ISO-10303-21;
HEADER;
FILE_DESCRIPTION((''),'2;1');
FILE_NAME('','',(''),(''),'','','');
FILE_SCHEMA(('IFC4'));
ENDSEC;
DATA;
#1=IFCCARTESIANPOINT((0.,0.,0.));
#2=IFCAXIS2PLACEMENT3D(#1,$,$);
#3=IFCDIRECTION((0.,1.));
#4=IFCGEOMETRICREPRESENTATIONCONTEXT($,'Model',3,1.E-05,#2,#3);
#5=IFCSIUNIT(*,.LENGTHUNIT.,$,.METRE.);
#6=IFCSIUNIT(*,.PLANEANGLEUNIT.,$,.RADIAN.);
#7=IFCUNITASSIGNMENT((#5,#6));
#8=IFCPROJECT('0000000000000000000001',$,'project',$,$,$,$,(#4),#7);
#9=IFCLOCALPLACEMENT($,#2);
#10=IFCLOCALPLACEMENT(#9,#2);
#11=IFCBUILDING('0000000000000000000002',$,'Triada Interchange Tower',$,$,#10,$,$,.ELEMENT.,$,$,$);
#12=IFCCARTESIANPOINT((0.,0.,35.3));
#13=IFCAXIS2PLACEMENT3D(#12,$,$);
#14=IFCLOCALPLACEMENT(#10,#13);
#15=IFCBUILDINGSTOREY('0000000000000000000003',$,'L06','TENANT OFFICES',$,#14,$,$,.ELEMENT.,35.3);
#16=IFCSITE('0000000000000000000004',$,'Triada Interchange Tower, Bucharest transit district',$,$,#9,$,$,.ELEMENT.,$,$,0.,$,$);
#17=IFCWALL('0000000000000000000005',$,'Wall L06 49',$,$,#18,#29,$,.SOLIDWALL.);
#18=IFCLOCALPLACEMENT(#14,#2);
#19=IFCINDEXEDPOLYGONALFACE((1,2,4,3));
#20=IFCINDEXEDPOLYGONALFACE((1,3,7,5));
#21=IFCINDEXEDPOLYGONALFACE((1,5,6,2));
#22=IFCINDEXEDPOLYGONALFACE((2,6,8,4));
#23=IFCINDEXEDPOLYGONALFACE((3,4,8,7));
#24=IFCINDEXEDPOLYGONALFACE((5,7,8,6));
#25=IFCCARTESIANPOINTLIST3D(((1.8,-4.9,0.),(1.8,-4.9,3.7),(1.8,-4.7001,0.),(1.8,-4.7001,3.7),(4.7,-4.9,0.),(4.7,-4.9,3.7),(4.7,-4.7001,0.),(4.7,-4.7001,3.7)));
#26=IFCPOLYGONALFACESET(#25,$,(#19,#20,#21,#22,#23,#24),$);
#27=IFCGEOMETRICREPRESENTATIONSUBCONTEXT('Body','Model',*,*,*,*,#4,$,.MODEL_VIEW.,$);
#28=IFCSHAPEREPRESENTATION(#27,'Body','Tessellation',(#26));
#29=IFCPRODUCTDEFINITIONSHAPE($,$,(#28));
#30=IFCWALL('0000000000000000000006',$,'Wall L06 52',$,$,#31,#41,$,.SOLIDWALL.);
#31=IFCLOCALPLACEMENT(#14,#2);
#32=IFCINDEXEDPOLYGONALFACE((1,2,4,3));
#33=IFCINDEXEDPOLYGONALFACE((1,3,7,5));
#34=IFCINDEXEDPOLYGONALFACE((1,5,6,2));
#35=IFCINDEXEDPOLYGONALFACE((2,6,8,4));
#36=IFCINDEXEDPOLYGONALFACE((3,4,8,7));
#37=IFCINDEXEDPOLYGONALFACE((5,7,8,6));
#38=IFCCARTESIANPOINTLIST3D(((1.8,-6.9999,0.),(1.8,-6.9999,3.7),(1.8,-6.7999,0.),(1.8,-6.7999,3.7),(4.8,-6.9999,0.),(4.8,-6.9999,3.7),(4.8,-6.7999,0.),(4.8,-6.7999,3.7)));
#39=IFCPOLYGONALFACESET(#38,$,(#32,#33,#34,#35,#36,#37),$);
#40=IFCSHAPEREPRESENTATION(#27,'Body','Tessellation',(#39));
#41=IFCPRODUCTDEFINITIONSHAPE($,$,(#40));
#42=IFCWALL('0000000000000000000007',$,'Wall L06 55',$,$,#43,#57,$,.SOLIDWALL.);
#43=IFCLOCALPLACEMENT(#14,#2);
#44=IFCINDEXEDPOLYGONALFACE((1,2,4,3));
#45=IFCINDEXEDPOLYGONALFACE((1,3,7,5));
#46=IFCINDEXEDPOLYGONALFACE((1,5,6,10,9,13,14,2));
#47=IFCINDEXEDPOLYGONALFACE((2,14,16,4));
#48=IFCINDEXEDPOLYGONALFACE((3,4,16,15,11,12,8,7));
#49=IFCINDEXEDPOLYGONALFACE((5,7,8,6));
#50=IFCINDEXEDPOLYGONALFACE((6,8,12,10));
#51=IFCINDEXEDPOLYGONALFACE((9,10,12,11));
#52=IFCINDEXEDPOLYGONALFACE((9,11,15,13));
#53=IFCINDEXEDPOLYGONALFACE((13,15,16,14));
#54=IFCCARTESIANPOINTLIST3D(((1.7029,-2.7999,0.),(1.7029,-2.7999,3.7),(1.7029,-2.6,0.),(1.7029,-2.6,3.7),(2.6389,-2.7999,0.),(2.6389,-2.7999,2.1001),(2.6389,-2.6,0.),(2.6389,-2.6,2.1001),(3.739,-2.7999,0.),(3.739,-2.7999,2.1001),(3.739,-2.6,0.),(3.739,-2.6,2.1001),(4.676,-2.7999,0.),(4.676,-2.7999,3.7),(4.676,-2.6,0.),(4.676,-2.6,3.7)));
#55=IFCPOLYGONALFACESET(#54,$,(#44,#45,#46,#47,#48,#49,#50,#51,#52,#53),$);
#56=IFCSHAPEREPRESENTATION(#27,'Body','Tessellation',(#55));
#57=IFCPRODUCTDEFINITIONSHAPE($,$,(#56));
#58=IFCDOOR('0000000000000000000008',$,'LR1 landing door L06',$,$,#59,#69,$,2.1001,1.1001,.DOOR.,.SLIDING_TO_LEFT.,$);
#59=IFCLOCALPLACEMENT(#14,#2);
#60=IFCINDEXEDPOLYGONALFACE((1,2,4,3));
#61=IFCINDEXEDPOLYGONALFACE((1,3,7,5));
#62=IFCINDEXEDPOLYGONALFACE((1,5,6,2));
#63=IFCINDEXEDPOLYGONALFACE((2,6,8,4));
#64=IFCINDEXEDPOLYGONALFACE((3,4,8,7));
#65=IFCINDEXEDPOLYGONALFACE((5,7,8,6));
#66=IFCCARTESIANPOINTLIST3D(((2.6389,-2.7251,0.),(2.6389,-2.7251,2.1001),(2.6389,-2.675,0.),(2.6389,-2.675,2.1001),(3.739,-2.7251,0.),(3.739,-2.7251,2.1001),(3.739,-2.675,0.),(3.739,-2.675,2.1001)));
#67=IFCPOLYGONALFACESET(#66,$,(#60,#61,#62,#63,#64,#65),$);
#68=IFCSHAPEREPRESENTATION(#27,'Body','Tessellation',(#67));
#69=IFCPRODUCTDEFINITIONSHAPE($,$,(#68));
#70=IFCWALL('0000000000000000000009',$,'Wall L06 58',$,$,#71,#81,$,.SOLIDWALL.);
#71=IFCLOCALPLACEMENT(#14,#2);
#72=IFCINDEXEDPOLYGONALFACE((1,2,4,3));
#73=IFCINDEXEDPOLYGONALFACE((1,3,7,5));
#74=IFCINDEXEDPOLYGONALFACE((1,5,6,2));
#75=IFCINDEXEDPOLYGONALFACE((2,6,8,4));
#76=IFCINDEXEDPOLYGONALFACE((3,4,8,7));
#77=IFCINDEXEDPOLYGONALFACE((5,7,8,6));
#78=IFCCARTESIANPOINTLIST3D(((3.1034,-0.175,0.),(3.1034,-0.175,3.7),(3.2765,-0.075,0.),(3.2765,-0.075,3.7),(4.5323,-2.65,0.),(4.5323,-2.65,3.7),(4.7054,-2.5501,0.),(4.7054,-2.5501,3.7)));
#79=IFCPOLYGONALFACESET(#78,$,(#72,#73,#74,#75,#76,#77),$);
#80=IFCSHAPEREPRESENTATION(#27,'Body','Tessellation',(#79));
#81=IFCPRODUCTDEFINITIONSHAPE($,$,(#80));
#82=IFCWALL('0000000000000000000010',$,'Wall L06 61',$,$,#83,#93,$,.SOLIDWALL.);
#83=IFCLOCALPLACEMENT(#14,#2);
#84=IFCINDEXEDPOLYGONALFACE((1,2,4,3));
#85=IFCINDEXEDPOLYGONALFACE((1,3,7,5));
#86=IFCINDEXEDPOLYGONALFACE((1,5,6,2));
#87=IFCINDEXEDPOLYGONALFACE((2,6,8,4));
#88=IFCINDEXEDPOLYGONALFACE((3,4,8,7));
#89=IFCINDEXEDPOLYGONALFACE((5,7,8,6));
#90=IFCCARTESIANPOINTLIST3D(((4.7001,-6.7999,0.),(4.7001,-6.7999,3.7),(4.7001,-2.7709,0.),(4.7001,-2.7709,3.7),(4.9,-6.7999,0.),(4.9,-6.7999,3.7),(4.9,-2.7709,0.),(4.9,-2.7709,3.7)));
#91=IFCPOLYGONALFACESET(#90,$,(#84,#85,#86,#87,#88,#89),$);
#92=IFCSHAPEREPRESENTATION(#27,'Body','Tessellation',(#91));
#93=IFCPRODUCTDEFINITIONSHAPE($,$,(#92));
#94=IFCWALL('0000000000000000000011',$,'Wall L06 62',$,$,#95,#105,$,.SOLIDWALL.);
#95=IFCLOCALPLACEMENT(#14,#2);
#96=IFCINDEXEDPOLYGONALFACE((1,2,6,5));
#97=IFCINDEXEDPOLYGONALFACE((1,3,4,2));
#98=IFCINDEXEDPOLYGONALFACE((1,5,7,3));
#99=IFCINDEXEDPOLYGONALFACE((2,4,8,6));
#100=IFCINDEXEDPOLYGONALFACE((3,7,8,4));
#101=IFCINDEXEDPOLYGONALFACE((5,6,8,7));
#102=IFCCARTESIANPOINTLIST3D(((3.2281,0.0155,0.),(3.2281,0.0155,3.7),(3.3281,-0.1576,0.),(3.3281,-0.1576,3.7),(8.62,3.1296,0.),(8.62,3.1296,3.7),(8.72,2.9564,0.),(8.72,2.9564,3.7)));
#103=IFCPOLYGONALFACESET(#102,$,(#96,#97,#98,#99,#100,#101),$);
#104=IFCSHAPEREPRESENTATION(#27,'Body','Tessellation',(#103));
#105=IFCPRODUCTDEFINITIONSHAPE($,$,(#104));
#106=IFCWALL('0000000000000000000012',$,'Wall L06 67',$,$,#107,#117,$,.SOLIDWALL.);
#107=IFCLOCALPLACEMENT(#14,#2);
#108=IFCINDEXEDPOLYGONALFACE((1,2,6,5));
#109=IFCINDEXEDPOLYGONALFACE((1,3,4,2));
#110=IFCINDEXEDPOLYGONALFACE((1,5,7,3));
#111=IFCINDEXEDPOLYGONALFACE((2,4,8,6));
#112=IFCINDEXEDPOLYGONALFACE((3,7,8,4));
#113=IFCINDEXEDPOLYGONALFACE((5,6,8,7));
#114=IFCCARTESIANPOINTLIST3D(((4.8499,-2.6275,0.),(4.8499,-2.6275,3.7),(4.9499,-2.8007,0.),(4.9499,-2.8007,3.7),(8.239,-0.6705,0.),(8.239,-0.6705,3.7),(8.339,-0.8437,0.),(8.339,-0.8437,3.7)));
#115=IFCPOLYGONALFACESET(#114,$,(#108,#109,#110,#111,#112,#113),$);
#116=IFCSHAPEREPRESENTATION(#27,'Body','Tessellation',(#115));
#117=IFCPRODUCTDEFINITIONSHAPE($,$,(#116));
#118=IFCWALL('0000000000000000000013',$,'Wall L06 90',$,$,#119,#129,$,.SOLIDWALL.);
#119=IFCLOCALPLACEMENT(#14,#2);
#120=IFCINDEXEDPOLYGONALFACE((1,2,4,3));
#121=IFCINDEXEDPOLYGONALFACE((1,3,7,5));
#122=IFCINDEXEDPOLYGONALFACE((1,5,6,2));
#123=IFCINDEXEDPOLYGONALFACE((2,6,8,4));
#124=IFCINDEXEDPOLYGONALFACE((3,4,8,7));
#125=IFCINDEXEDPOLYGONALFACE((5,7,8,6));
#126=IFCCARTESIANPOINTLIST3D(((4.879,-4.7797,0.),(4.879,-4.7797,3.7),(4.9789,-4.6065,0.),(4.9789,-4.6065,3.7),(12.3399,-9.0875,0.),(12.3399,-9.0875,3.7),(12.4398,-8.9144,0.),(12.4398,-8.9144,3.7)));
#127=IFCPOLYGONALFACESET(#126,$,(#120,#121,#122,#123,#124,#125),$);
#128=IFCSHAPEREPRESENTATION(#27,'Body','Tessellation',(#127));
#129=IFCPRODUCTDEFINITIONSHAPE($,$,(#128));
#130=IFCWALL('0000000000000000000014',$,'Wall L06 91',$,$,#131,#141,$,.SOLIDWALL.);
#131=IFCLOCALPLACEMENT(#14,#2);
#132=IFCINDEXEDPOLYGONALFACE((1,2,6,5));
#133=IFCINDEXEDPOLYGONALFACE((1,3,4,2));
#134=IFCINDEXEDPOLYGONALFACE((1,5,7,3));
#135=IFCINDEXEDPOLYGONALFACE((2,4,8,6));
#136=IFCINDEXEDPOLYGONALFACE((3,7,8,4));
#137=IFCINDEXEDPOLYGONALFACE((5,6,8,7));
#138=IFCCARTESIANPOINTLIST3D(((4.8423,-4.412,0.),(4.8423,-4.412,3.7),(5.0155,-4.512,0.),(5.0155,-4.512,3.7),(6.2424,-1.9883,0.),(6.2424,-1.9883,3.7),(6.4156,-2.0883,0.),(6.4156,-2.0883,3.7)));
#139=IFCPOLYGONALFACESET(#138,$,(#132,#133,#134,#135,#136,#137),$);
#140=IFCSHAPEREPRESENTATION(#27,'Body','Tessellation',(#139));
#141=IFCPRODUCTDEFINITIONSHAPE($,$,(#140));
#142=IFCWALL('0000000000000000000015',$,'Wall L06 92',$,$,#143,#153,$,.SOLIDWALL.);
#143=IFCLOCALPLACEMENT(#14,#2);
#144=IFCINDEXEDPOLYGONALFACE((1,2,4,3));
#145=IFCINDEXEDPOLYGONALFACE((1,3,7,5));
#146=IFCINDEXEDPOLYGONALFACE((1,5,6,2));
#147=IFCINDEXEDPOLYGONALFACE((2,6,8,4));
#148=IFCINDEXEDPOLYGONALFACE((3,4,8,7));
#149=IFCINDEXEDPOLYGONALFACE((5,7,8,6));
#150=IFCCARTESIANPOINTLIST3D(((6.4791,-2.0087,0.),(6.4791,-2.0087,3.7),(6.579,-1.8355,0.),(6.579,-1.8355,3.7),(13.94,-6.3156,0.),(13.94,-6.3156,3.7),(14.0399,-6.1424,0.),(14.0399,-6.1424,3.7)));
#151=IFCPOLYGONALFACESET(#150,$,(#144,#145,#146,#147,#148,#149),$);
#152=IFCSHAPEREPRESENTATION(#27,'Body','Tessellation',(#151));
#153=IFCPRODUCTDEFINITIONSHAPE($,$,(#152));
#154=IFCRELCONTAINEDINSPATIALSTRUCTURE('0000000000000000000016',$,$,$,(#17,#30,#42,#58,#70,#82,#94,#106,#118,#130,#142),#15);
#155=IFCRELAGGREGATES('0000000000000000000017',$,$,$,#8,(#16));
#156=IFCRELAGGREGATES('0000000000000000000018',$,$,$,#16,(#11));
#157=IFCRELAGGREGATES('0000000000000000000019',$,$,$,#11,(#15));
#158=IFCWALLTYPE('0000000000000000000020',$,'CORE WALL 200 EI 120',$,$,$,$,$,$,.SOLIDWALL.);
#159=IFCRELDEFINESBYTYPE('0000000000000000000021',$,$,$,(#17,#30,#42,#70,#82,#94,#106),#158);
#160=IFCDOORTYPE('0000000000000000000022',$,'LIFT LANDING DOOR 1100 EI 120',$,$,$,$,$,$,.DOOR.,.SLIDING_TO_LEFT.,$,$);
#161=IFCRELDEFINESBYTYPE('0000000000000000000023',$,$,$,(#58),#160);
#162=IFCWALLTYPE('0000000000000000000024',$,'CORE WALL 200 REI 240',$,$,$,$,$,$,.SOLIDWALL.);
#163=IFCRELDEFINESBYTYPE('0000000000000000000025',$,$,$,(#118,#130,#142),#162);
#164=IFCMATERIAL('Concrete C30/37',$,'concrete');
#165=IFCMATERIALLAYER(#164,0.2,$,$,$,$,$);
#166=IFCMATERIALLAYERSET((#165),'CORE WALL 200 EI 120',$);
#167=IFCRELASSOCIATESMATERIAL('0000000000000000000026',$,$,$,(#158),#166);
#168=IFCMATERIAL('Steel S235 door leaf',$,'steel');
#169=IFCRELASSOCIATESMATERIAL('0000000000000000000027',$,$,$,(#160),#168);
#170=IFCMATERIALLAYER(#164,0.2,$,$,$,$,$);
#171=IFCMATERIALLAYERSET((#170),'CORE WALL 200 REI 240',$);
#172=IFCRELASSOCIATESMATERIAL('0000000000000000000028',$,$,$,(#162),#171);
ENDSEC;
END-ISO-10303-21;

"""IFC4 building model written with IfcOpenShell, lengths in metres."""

from ifc_helpers import new_model, si_unit, direction, frame, frame_2d, origin, place, context, subcontext, project, spatial, rectangle, extrude, material, layer, layer_set, type_object, element, fill, save


model = new_model("IFC4")

# Units and contexts
model_context = context("Model", 3, precision=1e-05, world=origin(), true_north=direction((0.0, 1.0)))
body_context = subcontext(model_context, "Body", "Model", "MODEL_VIEW")
ifc_project = project(units=[si_unit("LENGTHUNIT", "METRE"), si_unit("PLANEANGLEUNIT", "RADIAN")], contexts=[model_context])

# Site, building, storey
site_placement = place(None, origin())
site = spatial("IfcSite", under=ifc_project, at=site_placement, Name="Triada Interchange Tower, Bucharest transit district", CompositionType="ELEMENT", RefElevation=0.0)
building_placement = place(site_placement, origin())
building = spatial("IfcBuilding", under=site, at=building_placement, Name="Triada Interchange Tower", CompositionType="ELEMENT")
storey_placement = place(building_placement, frame((0.0, 0.0, 35.3)))
storey = spatial("IfcBuildingStorey", under=building, at=storey_placement, Name="L06", Description="TENANT OFFICES", CompositionType="ELEMENT", Elevation=35.3)

# Walls
ifc_material_1 = material(Name="Concrete C30/37", Category="concrete")
ifc_layer_1 = layer(ifc_material_1, 0.2)
ifc_layer_set_1 = layer_set([ifc_layer_1], Name="CORE WALL 200 EI 120")
wall_type_1 = type_object("IfcWallType", Name="CORE WALL 200 EI 120", PredefinedType="SOLIDWALL", material=ifc_layer_set_1)
wall_1_placement = place(storey_placement, frame((1.8, -4.8, 0.0), z_axis=(0.0, 0.0, 1.0), x_axis=(1.0, 0.0, 0.0)))
element("IfcWall", 1, at=wall_1_placement, inside=storey, type_object=wall_type_1, Name="Wall L06 49", PredefinedType="SOLIDWALL", context=body_context, shape_type="SweptSolid", body=[
    extrude(rectangle(XDim=2.8999, YDim=0.2, at=frame_2d((1.45, 0.0))), origin(), (0.0, 0.0, 1.0), 3.7),
])
wall_2_placement = place(storey_placement, frame((1.8, -6.8999, 0.0), z_axis=(0.0, 0.0, 1.0), x_axis=(1.0, 0.0, 0.0)))
element("IfcWall", 2, at=wall_2_placement, inside=storey, type_object=wall_type_1, Name="Wall L06 52", PredefinedType="SOLIDWALL", context=body_context, shape_type="SweptSolid", body=[
    extrude(rectangle(XDim=3.0, YDim=0.2, at=frame_2d((1.5, 0.0))), origin(), (0.0, 0.0, 1.0), 3.7),
])

# Wall, opening, door
wall_3_placement = place(storey_placement, frame((1.7029, -2.7, 0.0), z_axis=(0.0, 0.0, 1.0), x_axis=(1.0, 0.0, 0.0)))
wall_3 = element("IfcWall", 3, at=wall_3_placement, inside=storey, type_object=wall_type_1, Name="Wall L06 55", PredefinedType="SOLIDWALL", context=body_context, shape_type="SweptSolid", body=[
    extrude(rectangle(XDim=2.9731, YDim=0.2, at=frame_2d((1.4866, 0.0))), origin(), (0.0, 0.0, 1.0), 3.7),
])
opening_1_placement = place(wall_3_placement, frame((0.936, 0.0, 0.0)))
opening_1 = element("IfcOpeningElement", 4, at=opening_1_placement, cuts=wall_3, PredefinedType="OPENING", context=body_context, shape_type="SweptSolid", body=[
    extrude(rectangle(XDim=1.1001, YDim=2.1001, at=frame_2d((0.55, 1.05))), frame((0.0, 0.1099, 0.0), z_axis=(0.0, -1.0, 0.0), x_axis=(1.0, 0.0, 0.0)), (0.0, 0.0, 1.0), 0.22),
])
ifc_material_2 = material(Name="Steel S235 door leaf", Category="steel")
door_type_1 = type_object("IfcDoorType", Name="LIFT LANDING DOOR 1100 EI 120", OperationType="SLIDING_TO_LEFT", PredefinedType="DOOR", material=ifc_material_2)
door_1_placement = place(opening_1_placement, origin())
door_1 = element("IfcDoor", 5, at=door_1_placement, inside=storey, type_object=door_type_1, Name="LR1 landing door L06", OperationType="SLIDING_TO_LEFT", OverallHeight=2.1001, OverallWidth=1.1001, PredefinedType="DOOR", context=body_context, shape_type="SweptSolid", body=[
    extrude(rectangle(XDim=1.1001, YDim=2.1001, at=frame_2d((0.55, 1.05))), frame((0.0, 0.0249, 0.0), z_axis=(0.0, -1.0, 0.0), x_axis=(1.0, 0.0, 0.0)), (0.0, 0.0, 1.0), 0.05),
])
fill(opening_1, door_1)

# Walls
wall_4_placement = place(storey_placement, frame((3.1899, -0.125, 0.0), z_axis=(0.0, 0.0, 1.0), x_axis=(0.499989, -0.866032, 0.0)))
element("IfcWall", 6, at=wall_4_placement, inside=storey, type_object=wall_type_1, Name="Wall L06 58", PredefinedType="SOLIDWALL", context=body_context, shape_type="SweptSolid", body=[
    extrude(rectangle(XDim=2.8579, YDim=0.2, at=frame_2d((1.429, 0.0))), origin(), (0.0, 0.0, 1.0), 3.7),
])
wall_5_placement = place(storey_placement, frame((4.8, -6.8, 0.0), z_axis=(0.0, 0.0, 1.0), x_axis=(0.0, 1.0, 0.0)))
element("IfcWall", 7, at=wall_5_placement, inside=storey, type_object=wall_type_1, Name="Wall L06 61", PredefinedType="SOLIDWALL", context=body_context, shape_type="SweptSolid", body=[
    extrude(rectangle(XDim=4.0291, YDim=0.2, at=frame_2d((2.0146, 0.0))), origin(), (0.0, 0.0, 1.0), 3.7),
])
wall_6_placement = place(storey_placement, frame((3.2781, -0.071, 0.0), z_axis=(0.0, 0.0, 1.0), x_axis=(0.865954, 0.500124, 0.0)))
element("IfcWall", 8, at=wall_6_placement, inside=storey, type_object=wall_type_1, Name="Wall L06 62", PredefinedType="SOLIDWALL", context=body_context, shape_type="SweptSolid", body=[
    extrude(rectangle(XDim=6.2266, YDim=0.2, at=frame_2d((3.1133, 0.0))), origin(), (0.0, 0.0, 1.0), 3.7),
])
wall_7_placement = place(storey_placement, frame((4.8999, -2.7141, 0.0), z_axis=(0.0, 0.0, 1.0), x_axis=(0.865992, 0.500057, 0.0)))
element("IfcWall", 9, at=wall_7_placement, inside=storey, type_object=wall_type_1, Name="Wall L06 67", PredefinedType="SOLIDWALL", context=body_context, shape_type="SweptSolid", body=[
    extrude(rectangle(XDim=3.9136, YDim=0.2, at=frame_2d((1.9568, 0.0))), origin(), (0.0, 0.0, 1.0), 3.7),
])
ifc_layer_2 = layer(ifc_material_1, 0.2)
ifc_layer_set_2 = layer_set([ifc_layer_2], Name="CORE WALL 200 REI 240")
wall_type_2 = type_object("IfcWallType", Name="CORE WALL 200 REI 240", PredefinedType="SOLIDWALL", material=ifc_layer_set_2)
wall_8_placement = place(storey_placement, frame((4.929, -4.6931, 0.0), z_axis=(0.0, 0.0, 1.0), x_axis=(0.866011, -0.500025, 0.0)))
element("IfcWall", 10, at=wall_8_placement, inside=storey, type_object=wall_type_2, Name="Wall L06 90", PredefinedType="SOLIDWALL", context=body_context, shape_type="SweptSolid", body=[
    extrude(rectangle(XDim=8.6152, YDim=0.2, at=frame_2d((4.3076, 0.0))), origin(), (0.0, 0.0, 1.0), 3.7),
])
wall_9_placement = place(storey_placement, frame((4.929, -4.4619, 0.0), z_axis=(0.0, 0.0, 1.0), x_axis=(0.500201, 0.86591, 0.0)))
element("IfcWall", 11, at=wall_9_placement, inside=storey, type_object=wall_type_2, Name="Wall L06 91", PredefinedType="SOLIDWALL", context=body_context, shape_type="SweptSolid", body=[
    extrude(rectangle(XDim=2.7991, YDim=0.2, at=frame_2d((1.3994, 0.0))), origin(), (0.0, 0.0, 1.0), 3.7),
])
wall_10_placement = place(storey_placement, frame((6.5291, -1.9221, 0.0), z_axis=(0.0, 0.0, 1.0), x_axis=(0.86606, -0.49994, 0.0)))
element("IfcWall", 12, at=wall_10_placement, inside=storey, type_object=wall_type_2, Name="Wall L06 92", PredefinedType="SOLIDWALL", context=body_context, shape_type="SweptSolid", body=[
    extrude(rectangle(XDim=8.6147, YDim=0.2, at=frame_2d((4.3074, 0.0))), origin(), (0.0, 0.0, 1.0), 3.7),
])

save(model, "model.ifc")
